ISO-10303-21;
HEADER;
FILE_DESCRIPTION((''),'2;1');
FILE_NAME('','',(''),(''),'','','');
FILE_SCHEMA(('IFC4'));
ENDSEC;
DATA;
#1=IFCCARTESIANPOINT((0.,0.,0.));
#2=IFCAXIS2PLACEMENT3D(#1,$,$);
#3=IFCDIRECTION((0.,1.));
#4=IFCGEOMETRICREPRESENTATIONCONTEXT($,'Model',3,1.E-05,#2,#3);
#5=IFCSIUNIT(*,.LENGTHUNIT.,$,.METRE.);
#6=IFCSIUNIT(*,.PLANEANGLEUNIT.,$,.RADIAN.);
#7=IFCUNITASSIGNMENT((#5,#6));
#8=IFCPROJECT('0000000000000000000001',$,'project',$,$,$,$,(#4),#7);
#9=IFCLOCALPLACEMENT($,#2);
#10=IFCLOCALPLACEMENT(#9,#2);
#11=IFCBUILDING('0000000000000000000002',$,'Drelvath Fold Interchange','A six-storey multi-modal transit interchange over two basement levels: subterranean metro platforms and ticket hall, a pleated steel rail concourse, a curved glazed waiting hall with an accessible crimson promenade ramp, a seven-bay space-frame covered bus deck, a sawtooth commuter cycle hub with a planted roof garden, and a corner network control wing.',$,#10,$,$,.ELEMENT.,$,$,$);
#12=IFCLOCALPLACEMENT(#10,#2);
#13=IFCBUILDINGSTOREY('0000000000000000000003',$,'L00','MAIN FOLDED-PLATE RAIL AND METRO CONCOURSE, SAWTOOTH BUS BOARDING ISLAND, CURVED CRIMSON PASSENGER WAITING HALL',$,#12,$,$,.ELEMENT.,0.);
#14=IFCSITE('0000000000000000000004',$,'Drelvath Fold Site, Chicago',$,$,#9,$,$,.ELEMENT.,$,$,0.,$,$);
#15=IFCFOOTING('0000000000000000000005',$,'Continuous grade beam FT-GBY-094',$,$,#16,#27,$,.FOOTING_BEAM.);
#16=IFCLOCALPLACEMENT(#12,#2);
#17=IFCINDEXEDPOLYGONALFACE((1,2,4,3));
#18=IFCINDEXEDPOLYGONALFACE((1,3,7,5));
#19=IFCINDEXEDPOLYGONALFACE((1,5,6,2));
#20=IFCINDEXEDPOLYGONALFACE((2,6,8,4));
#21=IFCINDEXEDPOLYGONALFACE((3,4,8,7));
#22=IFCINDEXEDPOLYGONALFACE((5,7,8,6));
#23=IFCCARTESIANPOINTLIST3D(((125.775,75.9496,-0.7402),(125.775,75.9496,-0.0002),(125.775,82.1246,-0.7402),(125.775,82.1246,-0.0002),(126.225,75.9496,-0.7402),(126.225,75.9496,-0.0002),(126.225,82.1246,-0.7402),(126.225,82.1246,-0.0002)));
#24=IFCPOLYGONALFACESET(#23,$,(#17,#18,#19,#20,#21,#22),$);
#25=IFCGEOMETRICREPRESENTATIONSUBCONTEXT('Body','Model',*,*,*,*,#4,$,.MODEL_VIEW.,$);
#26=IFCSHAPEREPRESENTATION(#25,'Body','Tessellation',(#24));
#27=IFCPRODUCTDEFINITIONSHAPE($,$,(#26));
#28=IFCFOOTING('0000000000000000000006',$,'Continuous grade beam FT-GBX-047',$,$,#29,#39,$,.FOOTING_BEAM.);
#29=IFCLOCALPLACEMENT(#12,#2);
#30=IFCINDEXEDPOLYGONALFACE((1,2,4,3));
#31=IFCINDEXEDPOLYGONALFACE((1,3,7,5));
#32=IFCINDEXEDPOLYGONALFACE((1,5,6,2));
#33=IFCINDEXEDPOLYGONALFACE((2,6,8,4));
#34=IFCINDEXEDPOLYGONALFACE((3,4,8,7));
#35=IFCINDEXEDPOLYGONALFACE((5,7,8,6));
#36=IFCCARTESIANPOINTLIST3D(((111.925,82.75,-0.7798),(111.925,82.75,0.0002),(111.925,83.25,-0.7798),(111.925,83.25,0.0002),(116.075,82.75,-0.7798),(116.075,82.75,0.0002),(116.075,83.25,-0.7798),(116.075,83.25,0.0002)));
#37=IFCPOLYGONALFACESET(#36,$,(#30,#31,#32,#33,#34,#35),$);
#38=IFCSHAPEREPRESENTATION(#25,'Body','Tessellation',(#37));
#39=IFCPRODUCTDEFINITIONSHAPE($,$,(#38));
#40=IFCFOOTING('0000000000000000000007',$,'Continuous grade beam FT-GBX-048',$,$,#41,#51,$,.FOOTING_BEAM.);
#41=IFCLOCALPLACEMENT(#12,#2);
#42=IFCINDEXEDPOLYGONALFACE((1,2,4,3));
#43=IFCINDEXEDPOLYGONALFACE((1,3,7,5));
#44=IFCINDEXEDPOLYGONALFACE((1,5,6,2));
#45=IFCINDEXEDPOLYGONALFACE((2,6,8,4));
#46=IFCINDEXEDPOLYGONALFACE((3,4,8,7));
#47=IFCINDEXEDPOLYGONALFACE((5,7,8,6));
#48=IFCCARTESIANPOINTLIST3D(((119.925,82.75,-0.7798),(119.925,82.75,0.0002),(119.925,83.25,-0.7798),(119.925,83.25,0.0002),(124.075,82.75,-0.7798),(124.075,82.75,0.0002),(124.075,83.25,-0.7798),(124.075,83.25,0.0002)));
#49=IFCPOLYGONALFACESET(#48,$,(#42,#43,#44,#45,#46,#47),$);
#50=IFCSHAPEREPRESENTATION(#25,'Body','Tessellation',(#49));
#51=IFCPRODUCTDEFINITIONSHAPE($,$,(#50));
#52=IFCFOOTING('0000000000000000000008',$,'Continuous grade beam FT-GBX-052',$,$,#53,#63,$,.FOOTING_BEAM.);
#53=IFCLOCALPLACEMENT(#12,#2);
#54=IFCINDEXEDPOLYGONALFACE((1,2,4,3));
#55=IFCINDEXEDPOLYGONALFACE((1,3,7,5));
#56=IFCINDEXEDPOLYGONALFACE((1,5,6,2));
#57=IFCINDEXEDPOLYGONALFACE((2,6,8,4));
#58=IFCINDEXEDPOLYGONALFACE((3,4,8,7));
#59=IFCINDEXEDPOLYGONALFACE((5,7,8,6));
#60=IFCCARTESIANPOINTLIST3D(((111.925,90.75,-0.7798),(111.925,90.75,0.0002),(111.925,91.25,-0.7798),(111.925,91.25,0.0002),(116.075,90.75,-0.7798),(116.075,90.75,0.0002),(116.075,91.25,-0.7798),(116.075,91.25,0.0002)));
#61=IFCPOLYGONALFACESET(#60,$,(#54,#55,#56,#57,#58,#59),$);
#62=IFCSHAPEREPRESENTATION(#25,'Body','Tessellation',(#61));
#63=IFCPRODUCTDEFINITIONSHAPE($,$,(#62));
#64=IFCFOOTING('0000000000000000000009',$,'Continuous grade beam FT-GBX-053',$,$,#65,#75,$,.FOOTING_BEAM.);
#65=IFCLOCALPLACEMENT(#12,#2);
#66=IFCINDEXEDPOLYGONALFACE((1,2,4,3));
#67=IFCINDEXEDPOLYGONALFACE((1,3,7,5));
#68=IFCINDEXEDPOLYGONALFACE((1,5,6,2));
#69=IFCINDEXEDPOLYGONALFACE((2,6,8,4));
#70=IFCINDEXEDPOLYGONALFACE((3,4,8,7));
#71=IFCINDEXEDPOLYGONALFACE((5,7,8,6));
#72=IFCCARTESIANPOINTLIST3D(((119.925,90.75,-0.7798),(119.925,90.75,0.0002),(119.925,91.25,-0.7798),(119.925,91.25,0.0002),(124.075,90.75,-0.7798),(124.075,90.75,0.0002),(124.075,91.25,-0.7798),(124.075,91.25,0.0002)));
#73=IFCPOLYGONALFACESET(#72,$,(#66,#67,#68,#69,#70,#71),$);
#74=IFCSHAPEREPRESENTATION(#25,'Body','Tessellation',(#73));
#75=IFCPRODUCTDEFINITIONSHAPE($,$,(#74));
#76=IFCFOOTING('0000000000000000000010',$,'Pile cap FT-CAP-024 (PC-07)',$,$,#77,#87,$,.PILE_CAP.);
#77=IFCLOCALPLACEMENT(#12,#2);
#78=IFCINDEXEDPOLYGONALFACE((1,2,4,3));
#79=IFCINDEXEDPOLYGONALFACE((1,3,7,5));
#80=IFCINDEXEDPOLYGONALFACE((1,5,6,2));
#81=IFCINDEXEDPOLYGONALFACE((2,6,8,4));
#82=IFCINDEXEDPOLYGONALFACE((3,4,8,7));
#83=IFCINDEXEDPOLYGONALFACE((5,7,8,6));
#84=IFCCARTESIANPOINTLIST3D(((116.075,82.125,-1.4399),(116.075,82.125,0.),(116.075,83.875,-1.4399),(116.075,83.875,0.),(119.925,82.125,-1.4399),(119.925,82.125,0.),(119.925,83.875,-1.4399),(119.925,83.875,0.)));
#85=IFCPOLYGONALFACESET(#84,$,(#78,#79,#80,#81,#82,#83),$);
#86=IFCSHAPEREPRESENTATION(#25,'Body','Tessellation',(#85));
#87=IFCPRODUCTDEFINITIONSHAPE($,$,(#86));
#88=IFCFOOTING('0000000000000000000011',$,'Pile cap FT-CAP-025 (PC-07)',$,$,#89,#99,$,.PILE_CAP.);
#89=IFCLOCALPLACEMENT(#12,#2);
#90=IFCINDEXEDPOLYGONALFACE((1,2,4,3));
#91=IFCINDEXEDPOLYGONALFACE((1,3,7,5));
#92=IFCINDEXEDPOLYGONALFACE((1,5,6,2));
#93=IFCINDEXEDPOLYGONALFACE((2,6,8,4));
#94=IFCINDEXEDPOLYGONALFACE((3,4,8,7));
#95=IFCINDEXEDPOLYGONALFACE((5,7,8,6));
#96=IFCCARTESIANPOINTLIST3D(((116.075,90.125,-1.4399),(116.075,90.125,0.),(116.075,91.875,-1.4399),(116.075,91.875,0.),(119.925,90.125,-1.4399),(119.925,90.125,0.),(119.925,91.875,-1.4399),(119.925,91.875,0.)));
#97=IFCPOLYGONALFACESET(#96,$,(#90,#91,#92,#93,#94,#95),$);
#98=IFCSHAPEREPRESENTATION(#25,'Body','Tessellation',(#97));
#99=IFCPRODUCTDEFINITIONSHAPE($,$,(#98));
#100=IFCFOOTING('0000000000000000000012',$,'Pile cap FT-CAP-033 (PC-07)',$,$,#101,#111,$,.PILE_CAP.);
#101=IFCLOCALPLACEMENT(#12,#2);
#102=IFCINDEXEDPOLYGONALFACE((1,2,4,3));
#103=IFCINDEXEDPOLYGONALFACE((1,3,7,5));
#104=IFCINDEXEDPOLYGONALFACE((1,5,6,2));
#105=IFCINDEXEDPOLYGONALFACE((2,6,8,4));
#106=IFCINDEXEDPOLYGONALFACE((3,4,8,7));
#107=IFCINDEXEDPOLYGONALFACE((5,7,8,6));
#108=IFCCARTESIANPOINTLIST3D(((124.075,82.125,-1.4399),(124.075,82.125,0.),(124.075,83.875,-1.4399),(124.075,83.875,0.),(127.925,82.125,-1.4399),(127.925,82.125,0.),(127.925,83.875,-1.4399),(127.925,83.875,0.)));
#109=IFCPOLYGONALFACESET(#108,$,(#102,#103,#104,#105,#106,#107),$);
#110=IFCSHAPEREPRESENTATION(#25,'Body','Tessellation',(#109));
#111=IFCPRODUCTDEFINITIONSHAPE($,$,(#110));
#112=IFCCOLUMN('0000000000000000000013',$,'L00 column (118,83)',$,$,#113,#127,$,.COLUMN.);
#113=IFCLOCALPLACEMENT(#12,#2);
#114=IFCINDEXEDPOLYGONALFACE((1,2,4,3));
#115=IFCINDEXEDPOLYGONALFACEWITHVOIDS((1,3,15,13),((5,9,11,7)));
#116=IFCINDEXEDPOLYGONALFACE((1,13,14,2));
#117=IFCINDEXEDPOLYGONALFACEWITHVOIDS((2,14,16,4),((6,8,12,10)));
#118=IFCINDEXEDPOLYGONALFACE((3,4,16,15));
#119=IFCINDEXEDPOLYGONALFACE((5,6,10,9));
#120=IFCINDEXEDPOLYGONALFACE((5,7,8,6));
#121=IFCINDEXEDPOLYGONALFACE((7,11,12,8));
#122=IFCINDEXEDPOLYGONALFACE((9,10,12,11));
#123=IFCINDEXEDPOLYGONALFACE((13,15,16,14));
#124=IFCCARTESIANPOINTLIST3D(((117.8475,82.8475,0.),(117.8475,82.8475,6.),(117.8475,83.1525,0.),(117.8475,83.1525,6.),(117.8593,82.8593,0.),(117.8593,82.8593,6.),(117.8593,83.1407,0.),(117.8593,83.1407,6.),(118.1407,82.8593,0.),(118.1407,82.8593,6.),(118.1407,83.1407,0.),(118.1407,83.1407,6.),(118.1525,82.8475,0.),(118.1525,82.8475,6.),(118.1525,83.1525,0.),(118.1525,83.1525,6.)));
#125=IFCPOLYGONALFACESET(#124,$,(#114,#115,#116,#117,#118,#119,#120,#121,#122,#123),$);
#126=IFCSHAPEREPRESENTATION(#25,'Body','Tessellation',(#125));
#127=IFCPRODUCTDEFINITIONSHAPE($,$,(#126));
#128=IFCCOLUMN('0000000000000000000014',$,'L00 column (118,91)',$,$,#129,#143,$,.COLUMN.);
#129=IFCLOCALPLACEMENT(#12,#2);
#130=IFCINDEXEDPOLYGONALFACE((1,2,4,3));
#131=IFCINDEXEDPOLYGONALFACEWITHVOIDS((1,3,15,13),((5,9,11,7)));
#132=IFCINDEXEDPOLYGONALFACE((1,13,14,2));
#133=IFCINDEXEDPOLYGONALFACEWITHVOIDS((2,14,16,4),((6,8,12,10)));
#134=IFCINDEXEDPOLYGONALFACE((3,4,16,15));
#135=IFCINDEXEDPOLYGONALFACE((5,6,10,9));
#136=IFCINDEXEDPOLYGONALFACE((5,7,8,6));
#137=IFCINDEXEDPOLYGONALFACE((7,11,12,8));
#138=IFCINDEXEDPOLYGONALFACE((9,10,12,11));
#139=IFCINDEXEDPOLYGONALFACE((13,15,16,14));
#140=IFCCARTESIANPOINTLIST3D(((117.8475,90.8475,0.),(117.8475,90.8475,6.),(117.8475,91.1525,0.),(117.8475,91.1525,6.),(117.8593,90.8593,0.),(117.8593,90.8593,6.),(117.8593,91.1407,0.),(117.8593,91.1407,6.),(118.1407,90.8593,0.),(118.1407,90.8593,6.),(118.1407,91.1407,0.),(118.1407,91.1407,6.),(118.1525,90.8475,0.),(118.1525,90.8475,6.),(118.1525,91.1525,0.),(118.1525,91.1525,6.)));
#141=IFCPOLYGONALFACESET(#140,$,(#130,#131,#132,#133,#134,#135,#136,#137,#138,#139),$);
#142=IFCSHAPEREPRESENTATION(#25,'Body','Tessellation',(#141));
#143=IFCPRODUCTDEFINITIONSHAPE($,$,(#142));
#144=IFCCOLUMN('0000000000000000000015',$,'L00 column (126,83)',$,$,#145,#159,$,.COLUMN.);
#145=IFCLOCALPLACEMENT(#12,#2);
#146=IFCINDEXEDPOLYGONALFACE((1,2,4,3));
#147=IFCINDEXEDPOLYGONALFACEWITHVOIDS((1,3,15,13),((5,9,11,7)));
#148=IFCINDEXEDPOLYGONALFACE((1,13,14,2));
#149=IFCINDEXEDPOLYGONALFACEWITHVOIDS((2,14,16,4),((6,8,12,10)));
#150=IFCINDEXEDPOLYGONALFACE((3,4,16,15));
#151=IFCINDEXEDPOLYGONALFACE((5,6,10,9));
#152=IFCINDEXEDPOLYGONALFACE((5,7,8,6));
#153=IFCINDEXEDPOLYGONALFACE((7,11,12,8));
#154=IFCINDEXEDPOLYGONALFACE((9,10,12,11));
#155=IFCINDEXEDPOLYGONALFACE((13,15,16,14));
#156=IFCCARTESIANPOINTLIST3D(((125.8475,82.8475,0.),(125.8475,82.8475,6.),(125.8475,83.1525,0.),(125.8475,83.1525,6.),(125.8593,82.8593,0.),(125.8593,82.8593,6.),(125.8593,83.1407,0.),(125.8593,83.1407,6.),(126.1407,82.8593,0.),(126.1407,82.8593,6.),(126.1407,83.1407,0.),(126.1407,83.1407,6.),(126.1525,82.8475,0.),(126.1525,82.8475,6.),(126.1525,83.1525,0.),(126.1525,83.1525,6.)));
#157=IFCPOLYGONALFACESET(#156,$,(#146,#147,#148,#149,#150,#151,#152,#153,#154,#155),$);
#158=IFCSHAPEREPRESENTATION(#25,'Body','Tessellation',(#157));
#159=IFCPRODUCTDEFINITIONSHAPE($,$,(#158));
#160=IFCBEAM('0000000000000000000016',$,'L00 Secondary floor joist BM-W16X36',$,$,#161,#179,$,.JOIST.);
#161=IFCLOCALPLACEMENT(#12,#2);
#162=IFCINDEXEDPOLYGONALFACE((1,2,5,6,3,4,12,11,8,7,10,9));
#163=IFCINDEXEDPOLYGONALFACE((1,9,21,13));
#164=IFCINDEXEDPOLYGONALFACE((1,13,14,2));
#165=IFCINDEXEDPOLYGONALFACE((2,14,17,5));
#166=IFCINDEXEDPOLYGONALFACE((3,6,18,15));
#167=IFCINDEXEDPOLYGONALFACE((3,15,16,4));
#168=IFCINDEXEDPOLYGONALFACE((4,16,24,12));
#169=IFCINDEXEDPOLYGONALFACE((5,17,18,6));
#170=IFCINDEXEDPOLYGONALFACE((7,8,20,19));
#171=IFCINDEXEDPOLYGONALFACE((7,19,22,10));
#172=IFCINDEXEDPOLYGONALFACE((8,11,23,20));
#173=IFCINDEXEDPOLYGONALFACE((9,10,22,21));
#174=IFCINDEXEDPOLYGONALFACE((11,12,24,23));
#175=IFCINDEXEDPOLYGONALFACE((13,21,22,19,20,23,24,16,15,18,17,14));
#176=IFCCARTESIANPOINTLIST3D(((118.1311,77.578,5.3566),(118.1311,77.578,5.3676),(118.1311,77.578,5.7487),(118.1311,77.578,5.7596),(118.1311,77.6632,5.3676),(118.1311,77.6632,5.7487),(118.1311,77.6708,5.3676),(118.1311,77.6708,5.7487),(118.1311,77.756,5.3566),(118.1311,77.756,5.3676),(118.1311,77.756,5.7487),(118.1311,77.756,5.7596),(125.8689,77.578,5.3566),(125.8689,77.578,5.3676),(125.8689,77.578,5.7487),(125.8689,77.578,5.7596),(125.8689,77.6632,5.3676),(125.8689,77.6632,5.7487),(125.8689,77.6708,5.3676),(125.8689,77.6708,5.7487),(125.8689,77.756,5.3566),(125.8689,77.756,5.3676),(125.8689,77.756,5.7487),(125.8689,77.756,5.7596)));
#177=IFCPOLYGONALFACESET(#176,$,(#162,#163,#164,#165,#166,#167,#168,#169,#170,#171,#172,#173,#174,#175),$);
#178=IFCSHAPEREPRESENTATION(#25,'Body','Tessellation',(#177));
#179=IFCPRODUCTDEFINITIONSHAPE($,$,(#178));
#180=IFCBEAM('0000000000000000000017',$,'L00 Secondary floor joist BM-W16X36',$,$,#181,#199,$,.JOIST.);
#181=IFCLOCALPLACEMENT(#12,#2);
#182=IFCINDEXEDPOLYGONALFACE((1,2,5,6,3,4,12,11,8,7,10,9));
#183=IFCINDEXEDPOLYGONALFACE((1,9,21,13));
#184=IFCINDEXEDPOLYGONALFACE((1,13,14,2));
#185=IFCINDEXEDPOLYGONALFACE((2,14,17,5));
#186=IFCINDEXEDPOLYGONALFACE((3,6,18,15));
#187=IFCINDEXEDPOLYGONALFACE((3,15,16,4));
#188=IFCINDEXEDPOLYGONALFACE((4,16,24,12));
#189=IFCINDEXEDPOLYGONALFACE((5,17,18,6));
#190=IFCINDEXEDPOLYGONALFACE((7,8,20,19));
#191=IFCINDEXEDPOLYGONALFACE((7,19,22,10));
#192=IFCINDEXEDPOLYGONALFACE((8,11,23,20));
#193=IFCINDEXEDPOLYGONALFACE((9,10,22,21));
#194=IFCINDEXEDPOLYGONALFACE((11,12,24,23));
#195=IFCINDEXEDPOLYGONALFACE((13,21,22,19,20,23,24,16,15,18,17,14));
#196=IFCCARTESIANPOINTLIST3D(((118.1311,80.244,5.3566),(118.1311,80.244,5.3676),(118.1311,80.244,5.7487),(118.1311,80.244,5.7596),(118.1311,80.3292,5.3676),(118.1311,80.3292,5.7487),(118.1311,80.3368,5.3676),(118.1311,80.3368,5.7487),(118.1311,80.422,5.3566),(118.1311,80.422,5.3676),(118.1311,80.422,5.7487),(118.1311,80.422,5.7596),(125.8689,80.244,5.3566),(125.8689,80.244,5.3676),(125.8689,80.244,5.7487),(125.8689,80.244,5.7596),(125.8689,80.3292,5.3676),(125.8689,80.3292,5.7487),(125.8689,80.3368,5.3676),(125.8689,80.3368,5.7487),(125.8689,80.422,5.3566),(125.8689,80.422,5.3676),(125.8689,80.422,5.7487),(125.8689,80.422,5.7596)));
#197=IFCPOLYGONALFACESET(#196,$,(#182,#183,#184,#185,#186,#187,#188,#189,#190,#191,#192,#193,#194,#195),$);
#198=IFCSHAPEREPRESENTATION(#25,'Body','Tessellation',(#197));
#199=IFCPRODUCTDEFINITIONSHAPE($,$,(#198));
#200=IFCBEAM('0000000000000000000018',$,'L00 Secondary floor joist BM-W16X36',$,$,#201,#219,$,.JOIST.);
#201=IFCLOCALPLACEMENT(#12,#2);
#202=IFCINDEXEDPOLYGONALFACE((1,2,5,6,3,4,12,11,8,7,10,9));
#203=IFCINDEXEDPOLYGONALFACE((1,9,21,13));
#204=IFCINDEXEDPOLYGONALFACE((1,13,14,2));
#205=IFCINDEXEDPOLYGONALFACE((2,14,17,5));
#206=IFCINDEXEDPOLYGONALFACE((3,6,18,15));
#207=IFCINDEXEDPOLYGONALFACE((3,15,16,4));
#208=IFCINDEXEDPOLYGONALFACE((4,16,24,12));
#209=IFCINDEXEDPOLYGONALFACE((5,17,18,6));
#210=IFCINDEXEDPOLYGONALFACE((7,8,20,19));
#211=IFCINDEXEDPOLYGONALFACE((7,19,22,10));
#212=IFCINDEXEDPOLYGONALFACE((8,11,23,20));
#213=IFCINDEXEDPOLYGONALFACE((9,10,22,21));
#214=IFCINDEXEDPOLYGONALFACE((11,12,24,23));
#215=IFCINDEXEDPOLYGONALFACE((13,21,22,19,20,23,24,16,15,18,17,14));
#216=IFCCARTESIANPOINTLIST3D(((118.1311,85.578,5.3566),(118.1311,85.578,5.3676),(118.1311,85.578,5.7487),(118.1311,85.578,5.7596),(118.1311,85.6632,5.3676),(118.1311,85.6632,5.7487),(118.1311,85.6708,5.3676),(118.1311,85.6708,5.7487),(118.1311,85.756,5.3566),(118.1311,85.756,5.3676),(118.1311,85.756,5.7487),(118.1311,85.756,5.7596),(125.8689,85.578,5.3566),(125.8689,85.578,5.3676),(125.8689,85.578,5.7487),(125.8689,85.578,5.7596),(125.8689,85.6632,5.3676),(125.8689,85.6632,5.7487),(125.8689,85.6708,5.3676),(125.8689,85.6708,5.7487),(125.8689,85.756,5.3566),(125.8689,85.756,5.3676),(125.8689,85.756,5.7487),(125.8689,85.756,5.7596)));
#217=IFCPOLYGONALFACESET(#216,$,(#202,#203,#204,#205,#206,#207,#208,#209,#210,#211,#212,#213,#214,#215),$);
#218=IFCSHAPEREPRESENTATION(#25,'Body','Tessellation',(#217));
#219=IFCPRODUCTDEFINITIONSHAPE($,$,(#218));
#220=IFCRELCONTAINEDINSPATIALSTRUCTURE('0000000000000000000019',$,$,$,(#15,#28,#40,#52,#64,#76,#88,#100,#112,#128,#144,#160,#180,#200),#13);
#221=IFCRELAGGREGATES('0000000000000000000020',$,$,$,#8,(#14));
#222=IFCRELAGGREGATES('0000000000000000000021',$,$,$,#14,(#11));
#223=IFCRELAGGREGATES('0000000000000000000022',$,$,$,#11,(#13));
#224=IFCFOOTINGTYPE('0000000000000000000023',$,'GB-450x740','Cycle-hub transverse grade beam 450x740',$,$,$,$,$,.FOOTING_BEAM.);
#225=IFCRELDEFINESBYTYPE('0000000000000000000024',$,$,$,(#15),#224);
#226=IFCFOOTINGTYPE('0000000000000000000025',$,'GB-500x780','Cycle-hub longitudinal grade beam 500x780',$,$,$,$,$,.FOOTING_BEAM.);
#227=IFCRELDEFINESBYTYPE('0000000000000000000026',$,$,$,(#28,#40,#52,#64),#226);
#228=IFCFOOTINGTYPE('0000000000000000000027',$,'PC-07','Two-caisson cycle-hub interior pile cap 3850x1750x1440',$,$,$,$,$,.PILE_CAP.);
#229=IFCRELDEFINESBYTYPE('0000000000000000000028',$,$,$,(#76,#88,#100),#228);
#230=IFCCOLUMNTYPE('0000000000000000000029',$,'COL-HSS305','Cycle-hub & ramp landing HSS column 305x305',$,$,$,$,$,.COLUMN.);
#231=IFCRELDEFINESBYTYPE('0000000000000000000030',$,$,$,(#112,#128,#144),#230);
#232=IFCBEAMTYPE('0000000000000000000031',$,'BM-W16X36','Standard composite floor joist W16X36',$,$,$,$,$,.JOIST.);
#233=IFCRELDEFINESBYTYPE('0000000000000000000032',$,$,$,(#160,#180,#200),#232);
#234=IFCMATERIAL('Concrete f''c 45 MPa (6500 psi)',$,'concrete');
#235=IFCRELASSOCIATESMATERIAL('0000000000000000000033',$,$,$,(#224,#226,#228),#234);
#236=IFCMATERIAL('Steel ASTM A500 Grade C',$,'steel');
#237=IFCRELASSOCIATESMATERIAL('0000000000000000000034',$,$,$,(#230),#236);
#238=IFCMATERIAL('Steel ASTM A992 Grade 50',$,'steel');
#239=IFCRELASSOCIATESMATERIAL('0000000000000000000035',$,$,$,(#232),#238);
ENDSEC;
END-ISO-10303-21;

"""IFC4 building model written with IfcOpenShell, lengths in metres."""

from ifc_helpers import new_model, si_unit, direction, frame, origin, origin_2d, place, context, subcontext, project, spatial, rectangle, hollow_rectangle, i_section, extrude, material, material_profile, profile_set, type_object, element, save


model = new_model("IFC4")

# Units and contexts
model_context = context("Model", 3, precision=1e-05, world=origin(), true_north=direction((0.0, 1.0)))
body_context = subcontext(model_context, "Body", "Model", "MODEL_VIEW")
ifc_project = project(units=[si_unit("LENGTHUNIT", "METRE"), si_unit("PLANEANGLEUNIT", "RADIAN")], contexts=[model_context])

# Site, building, storey
site_placement = place(None, origin())
site = spatial("IfcSite", under=ifc_project, at=site_placement, Name="Drelvath Fold Site, Chicago", CompositionType="ELEMENT", RefElevation=0.0)
building_placement = place(site_placement, origin())
building = spatial("IfcBuilding", under=site, at=building_placement, Name="Drelvath Fold Interchange", Description="A six-storey multi-modal transit interchange over two basement levels: subterranean metro platforms and ticket hall, a pleated steel rail concourse, a curved glazed waiting hall with an accessible crimson promenade ramp, a seven-bay space-frame covered bus deck, a sawtooth commuter cycle hub with a planted roof garden, and a corner network control wing.", CompositionType="ELEMENT")
storey_placement = place(building_placement, origin())
storey = spatial("IfcBuildingStorey", under=building, at=storey_placement, Name="L00", Description="MAIN FOLDED-PLATE RAIL AND METRO CONCOURSE, SAWTOOTH BUS BOARDING ISLAND, CURVED CRIMSON PASSENGER WAITING HALL", CompositionType="ELEMENT", Elevation=0.0)

# Footings
ifc_material_1 = material(Name="Concrete f'c 45 MPa (6500 psi)", Category="concrete")
footing_type_1 = type_object("IfcFootingType", Name="GB-450x740", Description="Cycle-hub transverse grade beam 450x740", PredefinedType="FOOTING_BEAM", material=ifc_material_1)
footing_1_placement = place(storey_placement, frame((126.0, 79.0371, -0.7402), z_axis=(0.0, 0.0, 1.0), x_axis=(1.0, 0.0, 0.0)))
element("IfcFooting", 1, at=footing_1_placement, inside=storey, type_object=footing_type_1, Name="Continuous grade beam FT-GBY-094", PredefinedType="FOOTING_BEAM", context=body_context, shape_type="SweptSolid", body=[
    extrude(rectangle(XDim=0.45, YDim=6.175, at=origin_2d()), origin(), (0.0, 0.0, 1.0), 0.74),
])
footing_type_2 = type_object("IfcFootingType", Name="GB-500x780", Description="Cycle-hub longitudinal grade beam 500x780", PredefinedType="FOOTING_BEAM", material=ifc_material_1)
for number, where, z_axis, x_axis, name in (
    (2, (114.0, 83.0, -0.7798), (0.0, 0.0, 1.0), (1.0, 0.0, 0.0), "Continuous grade beam FT-GBX-047"),
    (3, (122.0, 83.0, -0.7798), (0.0, 0.0, 1.0), (1.0, 0.0, 0.0), "Continuous grade beam FT-GBX-048"),
    (4, (114.0, 91.0, -0.7798), (0.0, 0.0, 1.0), (1.0, 0.0, 0.0), "Continuous grade beam FT-GBX-052"),
    (5, (122.0, 91.0, -0.7798), (0.0, 0.0, 1.0), (1.0, 0.0, 0.0), "Continuous grade beam FT-GBX-053"),
):
    element("IfcFooting", number, at=place(storey_placement, frame(where, z_axis=z_axis, x_axis=x_axis)), inside=storey, type_object=footing_type_2, Name=name, PredefinedType="FOOTING_BEAM", context=body_context, shape_type="SweptSolid", body=[
        extrude(rectangle(XDim=4.1499, YDim=0.5, at=origin_2d()), origin(), (0.0, 0.0, 1.0), 0.78),
    ])
footing_type_3 = type_object("IfcFootingType", Name="PC-07", Description="Two-caisson cycle-hub interior pile cap 3850x1750x1440", PredefinedType="PILE_CAP", material=ifc_material_1)
for number, where, z_axis, x_axis, name in (
    (6, (118.0, 83.0, -1.4399), (0.0, 0.0, 1.0), (1.0, 0.0, 0.0), "Pile cap FT-CAP-024 (PC-07)"),
    (7, (118.0, 91.0, -1.4399), (0.0, 0.0, 1.0), (1.0, 0.0, 0.0), "Pile cap FT-CAP-025 (PC-07)"),
    (8, (126.0, 83.0, -1.4399), (0.0, 0.0, 1.0), (1.0, 0.0, 0.0), "Pile cap FT-CAP-033 (PC-07)"),
):
    element("IfcFooting", number, at=place(storey_placement, frame(where, z_axis=z_axis, x_axis=x_axis)), inside=storey, type_object=footing_type_3, Name=name, PredefinedType="PILE_CAP", context=body_context, shape_type="SweptSolid", body=[
        extrude(rectangle(XDim=3.8501, YDim=1.75, at=origin_2d()), origin(), (0.0, 0.0, 1.0), 1.4399),
    ])

# Columns
ifc_material_2 = material(Name="Steel ASTM A500 Grade C", Category="steel")
ifc_material_profile_1 = material_profile(ifc_material_2, hollow_rectangle(XDim=0.3049, YDim=0.3049, WallThickness=0.0117, at=origin_2d()), Name="HSS12X12X1/2")
ifc_profile_set_1 = profile_set([ifc_material_profile_1], Name="Steel ASTM A500 Grade C")
column_type = type_object("IfcColumnType", Name="COL-HSS305", Description="Cycle-hub & ramp landing HSS column 305x305", PredefinedType="COLUMN", material=ifc_profile_set_1)
for number, where, z_axis, x_axis, name in (
    (9, (118.0, 83.0, 0.0), (0.0, 0.0, 1.0), (1.0, 0.0, 0.0), "L00 column (118,83)"),
    (10, (118.0, 91.0, 0.0), (0.0, 0.0, 1.0), (1.0, 0.0, 0.0), "L00 column (118,91)"),
    (11, (126.0, 83.0, 0.0), (0.0, 0.0, 1.0), (1.0, 0.0, 0.0), "L00 column (126,83)"),
):
    element("IfcColumn", number, at=place(storey_placement, frame(where, z_axis=z_axis, x_axis=x_axis)), inside=storey, type_object=column_type, Name=name, PredefinedType="COLUMN", context=body_context, shape_type="SweptSolid", body=[
        extrude(hollow_rectangle(XDim=0.3049, YDim=0.3049, WallThickness=0.0117, at=origin_2d()), origin(), (0.0, 0.0, 1.0), 6.0),
    ])

# Beams
ifc_material_3 = material(Name="Steel ASTM A992 Grade 50", Category="steel")
ifc_material_profile_2 = material_profile(ifc_material_3, i_section(OverallWidth=0.178, OverallDepth=0.4031, WebThickness=0.0076, FlangeThickness=0.011, at=origin_2d()), Name="W16X36")
ifc_profile_set_2 = profile_set([ifc_material_profile_2], Name="Steel ASTM A992 Grade 50")
beam_type_1 = type_object("IfcBeamType", Name="BM-W16X36", Description="Standard composite floor joist W16X36", PredefinedType="JOIST", material=ifc_profile_set_2)
for number, where, z_axis, x_axis, name in (
    (12, (118.1311, 77.667, 5.5581), (1.0, 0.0, 0.0), (0.0, 1.0, 0.0), "L00 Secondary floor joist BM-W16X36"),
    (13, (118.1311, 80.333, 5.5581), (1.0, 0.0, 0.0), (0.0, 1.0, 0.0), "L00 Secondary floor joist BM-W16X36"),
    (14, (118.1311, 85.667, 5.5581), (1.0, 0.0, 0.0), (0.0, 1.0, 0.0), "L00 Secondary floor joist BM-W16X36"),
):
    element("IfcBeam", number, at=place(storey_placement, frame(where, z_axis=z_axis, x_axis=x_axis)), inside=storey, type_object=beam_type_1, Name=name, PredefinedType="JOIST", context=body_context, shape_type="SweptSolid", body=[
        extrude(i_section(OverallWidth=0.178, OverallDepth=0.4031, WebThickness=0.0076, FlangeThickness=0.011, at=origin_2d()), origin(), (0.0, 0.0, 1.0), 7.7378),
    ])

save(model, "model.ifc")
